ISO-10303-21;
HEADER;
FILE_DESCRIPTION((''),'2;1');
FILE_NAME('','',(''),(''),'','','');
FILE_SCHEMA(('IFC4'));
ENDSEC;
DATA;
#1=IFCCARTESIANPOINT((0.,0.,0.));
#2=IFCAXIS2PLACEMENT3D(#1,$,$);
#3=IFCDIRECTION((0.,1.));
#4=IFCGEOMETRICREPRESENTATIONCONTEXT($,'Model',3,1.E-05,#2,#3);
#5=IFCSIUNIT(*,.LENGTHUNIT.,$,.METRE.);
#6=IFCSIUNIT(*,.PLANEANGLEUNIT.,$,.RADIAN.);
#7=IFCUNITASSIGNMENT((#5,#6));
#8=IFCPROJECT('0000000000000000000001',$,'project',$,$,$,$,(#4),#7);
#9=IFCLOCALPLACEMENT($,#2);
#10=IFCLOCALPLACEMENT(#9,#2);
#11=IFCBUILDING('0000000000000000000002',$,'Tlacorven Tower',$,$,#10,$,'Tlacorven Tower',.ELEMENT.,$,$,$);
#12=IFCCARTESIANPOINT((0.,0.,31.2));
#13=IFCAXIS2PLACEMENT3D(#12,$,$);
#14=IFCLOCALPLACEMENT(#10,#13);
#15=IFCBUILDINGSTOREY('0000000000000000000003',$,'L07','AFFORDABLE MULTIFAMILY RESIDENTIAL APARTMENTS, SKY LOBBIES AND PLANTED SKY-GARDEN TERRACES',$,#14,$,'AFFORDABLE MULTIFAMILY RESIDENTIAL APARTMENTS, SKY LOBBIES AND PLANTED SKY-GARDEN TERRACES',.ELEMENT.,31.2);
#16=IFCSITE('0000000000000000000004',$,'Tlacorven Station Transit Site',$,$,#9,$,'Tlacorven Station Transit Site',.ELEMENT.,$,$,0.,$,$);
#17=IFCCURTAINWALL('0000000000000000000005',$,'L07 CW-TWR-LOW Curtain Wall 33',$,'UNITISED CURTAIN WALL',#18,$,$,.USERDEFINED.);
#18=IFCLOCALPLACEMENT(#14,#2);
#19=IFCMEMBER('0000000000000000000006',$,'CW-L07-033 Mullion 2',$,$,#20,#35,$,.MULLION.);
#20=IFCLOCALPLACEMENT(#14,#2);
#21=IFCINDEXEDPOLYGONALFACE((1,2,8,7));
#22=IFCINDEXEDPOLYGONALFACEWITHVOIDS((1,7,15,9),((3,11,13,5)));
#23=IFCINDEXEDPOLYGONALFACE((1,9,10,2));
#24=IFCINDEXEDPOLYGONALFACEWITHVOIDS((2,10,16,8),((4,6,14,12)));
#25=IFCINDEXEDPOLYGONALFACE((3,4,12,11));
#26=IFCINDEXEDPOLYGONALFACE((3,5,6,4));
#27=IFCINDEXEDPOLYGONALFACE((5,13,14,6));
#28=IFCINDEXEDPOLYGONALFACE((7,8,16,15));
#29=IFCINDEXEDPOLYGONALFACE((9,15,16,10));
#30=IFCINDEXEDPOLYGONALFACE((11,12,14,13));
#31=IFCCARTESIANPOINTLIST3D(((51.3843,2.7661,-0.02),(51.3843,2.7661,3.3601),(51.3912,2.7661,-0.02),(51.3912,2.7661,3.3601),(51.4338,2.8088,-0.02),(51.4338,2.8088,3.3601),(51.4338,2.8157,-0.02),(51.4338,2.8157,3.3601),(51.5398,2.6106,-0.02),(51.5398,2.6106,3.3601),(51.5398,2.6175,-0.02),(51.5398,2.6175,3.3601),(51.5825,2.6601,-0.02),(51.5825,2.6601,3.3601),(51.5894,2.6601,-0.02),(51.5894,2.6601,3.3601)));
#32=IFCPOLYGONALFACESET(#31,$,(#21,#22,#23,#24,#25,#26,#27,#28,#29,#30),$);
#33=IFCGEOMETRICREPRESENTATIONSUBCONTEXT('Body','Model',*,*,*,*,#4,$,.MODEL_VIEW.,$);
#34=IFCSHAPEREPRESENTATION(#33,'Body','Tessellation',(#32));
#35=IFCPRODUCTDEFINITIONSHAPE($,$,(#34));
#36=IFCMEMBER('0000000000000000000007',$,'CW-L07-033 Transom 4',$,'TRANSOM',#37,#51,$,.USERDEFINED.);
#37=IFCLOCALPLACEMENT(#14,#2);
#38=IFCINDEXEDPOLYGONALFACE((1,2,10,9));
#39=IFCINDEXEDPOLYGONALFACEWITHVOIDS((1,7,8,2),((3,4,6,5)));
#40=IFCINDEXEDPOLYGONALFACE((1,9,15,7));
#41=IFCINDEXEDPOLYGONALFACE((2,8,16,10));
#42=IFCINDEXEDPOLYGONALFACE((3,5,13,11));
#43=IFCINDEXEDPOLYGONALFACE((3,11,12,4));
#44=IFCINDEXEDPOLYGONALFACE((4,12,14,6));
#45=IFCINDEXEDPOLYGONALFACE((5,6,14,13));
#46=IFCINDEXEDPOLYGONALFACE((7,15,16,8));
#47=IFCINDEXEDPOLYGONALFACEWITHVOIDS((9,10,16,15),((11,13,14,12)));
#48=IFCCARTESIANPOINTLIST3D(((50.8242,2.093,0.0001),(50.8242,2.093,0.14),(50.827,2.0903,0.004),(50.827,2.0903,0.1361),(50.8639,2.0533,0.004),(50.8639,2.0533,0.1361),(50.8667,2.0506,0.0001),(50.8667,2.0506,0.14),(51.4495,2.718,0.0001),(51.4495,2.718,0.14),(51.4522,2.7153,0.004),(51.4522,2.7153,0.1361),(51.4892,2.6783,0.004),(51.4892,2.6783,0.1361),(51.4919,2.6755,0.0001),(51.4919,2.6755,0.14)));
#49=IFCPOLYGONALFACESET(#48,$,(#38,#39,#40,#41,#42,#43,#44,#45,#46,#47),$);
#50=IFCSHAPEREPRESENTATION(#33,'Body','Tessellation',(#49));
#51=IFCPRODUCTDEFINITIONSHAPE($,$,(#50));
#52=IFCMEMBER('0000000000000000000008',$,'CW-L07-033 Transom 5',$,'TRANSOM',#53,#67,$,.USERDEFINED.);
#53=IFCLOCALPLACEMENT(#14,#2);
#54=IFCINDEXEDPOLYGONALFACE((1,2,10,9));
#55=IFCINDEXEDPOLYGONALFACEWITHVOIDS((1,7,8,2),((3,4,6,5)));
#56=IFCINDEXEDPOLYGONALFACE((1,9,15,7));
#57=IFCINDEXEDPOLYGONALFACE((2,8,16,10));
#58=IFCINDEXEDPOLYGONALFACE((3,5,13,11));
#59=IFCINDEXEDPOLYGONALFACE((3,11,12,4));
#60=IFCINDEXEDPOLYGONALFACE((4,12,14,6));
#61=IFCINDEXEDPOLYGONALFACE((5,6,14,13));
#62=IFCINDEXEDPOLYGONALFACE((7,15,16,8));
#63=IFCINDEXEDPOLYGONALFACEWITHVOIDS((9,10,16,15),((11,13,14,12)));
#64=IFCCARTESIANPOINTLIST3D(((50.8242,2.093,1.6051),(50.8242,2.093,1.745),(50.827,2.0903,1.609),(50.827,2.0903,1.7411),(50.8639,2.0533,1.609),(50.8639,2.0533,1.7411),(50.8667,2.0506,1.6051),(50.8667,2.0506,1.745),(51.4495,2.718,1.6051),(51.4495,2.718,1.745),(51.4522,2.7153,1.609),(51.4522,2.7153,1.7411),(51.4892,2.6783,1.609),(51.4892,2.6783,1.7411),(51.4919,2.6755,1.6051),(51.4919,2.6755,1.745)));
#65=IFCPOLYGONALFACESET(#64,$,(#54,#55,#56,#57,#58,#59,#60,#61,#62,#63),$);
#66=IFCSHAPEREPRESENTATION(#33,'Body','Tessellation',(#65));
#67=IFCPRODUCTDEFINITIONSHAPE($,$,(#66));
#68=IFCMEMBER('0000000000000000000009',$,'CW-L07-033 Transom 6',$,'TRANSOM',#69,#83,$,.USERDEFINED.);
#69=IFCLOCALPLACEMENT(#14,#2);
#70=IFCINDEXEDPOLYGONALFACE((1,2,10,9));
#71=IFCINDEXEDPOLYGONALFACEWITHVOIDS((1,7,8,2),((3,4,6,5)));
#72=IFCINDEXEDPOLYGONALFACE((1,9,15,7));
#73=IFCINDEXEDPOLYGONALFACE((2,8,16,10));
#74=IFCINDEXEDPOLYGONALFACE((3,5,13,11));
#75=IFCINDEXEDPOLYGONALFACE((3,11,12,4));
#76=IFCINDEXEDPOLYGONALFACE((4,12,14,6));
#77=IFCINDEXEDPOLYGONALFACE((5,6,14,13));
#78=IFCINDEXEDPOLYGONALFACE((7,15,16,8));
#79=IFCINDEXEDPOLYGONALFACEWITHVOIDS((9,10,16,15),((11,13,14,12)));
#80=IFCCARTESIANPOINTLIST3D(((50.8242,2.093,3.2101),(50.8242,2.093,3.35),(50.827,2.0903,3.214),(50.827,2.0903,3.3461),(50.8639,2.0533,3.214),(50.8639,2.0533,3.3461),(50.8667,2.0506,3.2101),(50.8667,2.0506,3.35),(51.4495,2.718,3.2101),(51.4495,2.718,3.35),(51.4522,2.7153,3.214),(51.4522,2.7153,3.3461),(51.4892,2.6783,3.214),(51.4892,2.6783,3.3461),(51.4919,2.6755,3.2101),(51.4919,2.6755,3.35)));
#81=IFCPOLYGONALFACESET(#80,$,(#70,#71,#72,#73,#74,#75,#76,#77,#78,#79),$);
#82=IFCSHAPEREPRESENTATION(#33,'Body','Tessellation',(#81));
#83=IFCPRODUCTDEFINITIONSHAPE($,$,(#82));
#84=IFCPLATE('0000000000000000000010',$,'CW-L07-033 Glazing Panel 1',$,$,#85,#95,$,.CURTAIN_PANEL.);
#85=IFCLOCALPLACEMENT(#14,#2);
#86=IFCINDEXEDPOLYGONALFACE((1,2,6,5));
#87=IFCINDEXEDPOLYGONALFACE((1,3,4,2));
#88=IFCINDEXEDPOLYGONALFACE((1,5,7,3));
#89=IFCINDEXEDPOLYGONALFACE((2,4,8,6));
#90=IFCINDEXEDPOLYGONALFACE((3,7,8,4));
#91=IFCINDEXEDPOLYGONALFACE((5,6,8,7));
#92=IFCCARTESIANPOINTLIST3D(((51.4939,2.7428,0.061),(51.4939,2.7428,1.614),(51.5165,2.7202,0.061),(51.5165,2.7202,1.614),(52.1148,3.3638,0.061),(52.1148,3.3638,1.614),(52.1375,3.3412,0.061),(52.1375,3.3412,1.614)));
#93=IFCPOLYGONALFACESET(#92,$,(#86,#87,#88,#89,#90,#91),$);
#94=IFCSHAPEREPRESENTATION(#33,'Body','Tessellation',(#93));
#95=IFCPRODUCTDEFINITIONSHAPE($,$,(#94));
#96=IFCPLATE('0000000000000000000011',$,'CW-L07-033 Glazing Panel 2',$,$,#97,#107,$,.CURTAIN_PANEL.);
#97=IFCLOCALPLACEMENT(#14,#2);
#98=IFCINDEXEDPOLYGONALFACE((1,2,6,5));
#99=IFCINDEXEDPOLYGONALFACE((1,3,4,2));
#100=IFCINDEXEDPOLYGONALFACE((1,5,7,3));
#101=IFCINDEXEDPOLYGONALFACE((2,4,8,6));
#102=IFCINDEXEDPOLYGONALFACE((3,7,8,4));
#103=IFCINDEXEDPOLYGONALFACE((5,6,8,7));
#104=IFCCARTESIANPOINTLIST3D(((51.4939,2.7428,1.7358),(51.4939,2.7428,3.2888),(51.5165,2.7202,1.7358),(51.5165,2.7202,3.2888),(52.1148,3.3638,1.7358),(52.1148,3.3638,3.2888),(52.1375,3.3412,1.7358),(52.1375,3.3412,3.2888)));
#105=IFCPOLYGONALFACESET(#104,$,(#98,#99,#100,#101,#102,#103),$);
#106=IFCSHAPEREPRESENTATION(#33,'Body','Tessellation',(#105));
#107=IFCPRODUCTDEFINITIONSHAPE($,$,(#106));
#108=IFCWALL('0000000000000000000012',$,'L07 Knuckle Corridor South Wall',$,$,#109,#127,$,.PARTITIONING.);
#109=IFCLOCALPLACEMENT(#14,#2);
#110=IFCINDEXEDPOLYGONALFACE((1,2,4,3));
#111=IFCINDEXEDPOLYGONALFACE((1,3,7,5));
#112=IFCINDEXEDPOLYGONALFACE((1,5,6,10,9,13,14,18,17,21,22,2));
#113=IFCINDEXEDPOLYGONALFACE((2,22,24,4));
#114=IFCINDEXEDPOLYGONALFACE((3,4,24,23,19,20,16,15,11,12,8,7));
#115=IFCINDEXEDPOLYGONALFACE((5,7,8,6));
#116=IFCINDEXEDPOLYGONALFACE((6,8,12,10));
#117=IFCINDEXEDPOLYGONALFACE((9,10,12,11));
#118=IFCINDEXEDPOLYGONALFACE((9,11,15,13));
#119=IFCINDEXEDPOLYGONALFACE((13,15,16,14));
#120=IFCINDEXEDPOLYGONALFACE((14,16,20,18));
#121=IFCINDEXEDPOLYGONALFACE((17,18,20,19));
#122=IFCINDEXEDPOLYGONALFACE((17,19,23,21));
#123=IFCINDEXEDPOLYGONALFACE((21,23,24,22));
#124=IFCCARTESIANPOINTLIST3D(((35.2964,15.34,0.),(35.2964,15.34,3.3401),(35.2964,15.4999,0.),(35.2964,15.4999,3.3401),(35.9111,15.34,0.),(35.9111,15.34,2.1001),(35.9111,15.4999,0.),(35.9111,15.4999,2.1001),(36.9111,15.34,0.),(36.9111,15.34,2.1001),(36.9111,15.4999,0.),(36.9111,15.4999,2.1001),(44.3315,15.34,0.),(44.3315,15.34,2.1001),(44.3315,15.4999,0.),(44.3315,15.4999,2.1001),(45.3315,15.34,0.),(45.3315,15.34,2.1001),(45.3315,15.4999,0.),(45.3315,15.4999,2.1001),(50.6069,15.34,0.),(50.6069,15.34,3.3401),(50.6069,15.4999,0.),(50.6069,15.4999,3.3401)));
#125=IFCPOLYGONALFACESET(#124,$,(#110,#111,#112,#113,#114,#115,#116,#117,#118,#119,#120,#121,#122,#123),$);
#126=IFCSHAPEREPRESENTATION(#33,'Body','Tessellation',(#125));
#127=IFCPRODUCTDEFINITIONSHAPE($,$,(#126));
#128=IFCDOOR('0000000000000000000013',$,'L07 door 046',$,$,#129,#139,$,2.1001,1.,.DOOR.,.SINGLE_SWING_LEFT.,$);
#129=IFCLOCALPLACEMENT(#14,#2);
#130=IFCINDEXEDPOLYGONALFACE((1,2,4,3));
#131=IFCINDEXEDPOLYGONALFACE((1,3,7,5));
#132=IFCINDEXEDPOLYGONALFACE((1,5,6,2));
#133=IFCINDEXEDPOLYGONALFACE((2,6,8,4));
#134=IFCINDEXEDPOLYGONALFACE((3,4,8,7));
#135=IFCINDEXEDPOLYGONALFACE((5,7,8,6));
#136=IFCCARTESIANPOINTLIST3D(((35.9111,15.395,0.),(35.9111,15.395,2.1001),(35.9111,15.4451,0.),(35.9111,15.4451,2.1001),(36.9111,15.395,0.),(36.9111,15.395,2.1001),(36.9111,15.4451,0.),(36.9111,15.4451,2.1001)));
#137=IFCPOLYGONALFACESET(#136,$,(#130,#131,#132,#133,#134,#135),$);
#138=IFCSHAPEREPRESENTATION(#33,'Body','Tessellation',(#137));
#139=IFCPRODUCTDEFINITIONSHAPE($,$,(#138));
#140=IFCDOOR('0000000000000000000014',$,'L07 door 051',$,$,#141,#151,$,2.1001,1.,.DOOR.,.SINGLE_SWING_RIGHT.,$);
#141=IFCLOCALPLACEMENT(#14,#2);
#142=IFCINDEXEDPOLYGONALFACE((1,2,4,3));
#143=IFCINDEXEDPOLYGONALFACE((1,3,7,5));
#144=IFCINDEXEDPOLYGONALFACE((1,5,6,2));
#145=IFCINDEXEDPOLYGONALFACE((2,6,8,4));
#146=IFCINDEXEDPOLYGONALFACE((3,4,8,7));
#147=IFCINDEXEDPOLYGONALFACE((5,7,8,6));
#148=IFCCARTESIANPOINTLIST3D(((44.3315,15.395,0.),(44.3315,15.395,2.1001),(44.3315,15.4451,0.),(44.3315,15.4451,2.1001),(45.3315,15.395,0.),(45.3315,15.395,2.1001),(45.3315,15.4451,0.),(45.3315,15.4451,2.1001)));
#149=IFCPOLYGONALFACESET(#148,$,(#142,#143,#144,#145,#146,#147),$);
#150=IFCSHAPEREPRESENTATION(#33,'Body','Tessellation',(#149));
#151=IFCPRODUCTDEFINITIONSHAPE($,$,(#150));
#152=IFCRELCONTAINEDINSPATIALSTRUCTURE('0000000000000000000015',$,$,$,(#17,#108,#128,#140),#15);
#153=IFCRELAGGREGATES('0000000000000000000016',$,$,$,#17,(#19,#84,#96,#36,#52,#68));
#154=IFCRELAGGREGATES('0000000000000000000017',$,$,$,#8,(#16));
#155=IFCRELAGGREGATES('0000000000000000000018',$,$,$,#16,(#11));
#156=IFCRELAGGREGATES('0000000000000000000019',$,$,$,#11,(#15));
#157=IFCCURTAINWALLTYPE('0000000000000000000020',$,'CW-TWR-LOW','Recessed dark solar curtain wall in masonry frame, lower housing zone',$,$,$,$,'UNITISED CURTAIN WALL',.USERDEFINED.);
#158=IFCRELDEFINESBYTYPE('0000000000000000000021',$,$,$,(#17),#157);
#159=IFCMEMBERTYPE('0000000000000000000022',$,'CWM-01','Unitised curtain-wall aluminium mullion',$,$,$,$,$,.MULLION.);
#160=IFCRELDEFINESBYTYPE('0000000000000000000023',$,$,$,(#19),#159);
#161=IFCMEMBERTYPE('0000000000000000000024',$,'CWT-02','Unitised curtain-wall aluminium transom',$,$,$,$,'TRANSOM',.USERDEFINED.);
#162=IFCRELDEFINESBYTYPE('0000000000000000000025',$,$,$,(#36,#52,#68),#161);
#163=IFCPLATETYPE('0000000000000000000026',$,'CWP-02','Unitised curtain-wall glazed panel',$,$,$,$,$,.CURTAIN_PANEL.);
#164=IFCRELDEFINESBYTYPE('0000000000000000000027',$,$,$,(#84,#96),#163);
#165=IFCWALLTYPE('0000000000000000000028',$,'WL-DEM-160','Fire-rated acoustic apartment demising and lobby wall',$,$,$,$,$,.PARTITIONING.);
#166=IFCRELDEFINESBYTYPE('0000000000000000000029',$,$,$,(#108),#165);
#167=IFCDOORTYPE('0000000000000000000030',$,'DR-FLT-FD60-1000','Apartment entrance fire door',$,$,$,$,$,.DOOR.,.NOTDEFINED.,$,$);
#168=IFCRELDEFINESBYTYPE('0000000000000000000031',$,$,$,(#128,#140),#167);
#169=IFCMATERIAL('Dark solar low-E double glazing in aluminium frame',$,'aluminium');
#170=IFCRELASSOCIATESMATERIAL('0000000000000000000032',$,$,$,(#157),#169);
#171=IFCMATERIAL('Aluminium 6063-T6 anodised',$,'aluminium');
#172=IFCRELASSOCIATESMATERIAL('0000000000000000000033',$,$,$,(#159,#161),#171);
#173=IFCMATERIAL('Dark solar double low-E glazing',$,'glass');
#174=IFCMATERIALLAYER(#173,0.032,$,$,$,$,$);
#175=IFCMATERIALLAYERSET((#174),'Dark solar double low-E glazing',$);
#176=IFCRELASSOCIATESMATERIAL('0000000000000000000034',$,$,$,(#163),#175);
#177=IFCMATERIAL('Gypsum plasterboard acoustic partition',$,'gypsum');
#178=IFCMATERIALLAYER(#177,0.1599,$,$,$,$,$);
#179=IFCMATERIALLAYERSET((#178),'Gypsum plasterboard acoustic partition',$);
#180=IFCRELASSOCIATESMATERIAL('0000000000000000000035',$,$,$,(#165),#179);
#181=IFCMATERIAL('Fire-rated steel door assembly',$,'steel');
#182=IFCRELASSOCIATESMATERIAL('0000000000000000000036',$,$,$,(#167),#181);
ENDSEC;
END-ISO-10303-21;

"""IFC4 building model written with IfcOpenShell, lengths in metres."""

from ifc_helpers import new_model, si_unit, direction, frame, frame_2d, origin, origin_2d, place, context, subcontext, project, spatial, rectangle, hollow_rectangle, extrude, source, transform, mapped, material, layer, layer_set, material_profile, profile_set, type_object, element, fill, aggregate, save


model = new_model("IFC4")

# Units and contexts
model_context = context("Model", 3, precision=1e-05, world=origin(), true_north=direction((0.0, 1.0)))
body_context = subcontext(model_context, "Body", "Model", "MODEL_VIEW")
ifc_project = project(units=[si_unit("LENGTHUNIT", "METRE"), si_unit("PLANEANGLEUNIT", "RADIAN")], contexts=[model_context])

# Site, building, storey
site_placement = place(None, origin())
site = spatial("IfcSite", under=ifc_project, at=site_placement, Name="Tlacorven Station Transit Site", LongName="Tlacorven Station Transit Site", CompositionType="ELEMENT", RefElevation=0.0)
building_placement = place(site_placement, origin())
building = spatial("IfcBuilding", under=site, at=building_placement, Name="Tlacorven Tower", LongName="Tlacorven Tower", CompositionType="ELEMENT")
storey_placement = place(building_placement, frame((0.0, 0.0, 31.2)))
storey = spatial("IfcBuildingStorey", under=building, at=storey_placement, Name="L07", Description="AFFORDABLE MULTIFAMILY RESIDENTIAL APARTMENTS, SKY LOBBIES AND PLANTED SKY-GARDEN TERRACES", LongName="AFFORDABLE MULTIFAMILY RESIDENTIAL APARTMENTS, SKY LOBBIES AND PLANTED SKY-GARDEN TERRACES", CompositionType="ELEMENT", Elevation=31.2)

# Curtain wall, members, plates
ifc_material_1 = material(Name="Dark solar low-E double glazing in aluminium frame", Category="aluminium")
curtain_wall_type = type_object("IfcCurtainWallType", Name="CW-TWR-LOW", Description="Recessed dark solar curtain wall in masonry frame, lower housing zone", ElementType="UNITISED CURTAIN WALL", PredefinedType="USERDEFINED", material=ifc_material_1)
curtain_wall_placement = place(storey_placement, origin())
curtain_wall = element("IfcCurtainWall", 1, at=curtain_wall_placement, inside=storey, type_object=curtain_wall_type, Name="L07 CW-TWR-LOW Curtain Wall 33", ObjectType="UNITISED CURTAIN WALL", PredefinedType="USERDEFINED")
ifc_material_2 = material(Name="Aluminium 6063-T6 anodised", Category="aluminium")
ifc_material_profile_1 = material_profile(ifc_material_2, hollow_rectangle(XDim=0.0701, YDim=0.22, WallThickness=0.0049, at=origin_2d()), Name="ALU MULLION 70X220")
ifc_profile_set_1 = profile_set([ifc_material_profile_1], Name="Aluminium 6063-T6 anodised")
member_type_1 = type_object("IfcMemberType", Name="CWM-01", Description="Unitised curtain-wall aluminium mullion", PredefinedType="MULLION", material=ifc_profile_set_1)
shared_shape_1 = source(origin(), body_context, "Body", "SweptSolid", [
    extrude(hollow_rectangle(XDim=0.0701, YDim=0.22, WallThickness=0.0049, at=origin_2d()), origin(), (0.0, 0.0, 1.0), 3.3801),
])
member_1_placement = place(storey_placement, frame((51.4868, 2.7131, -0.02), z_axis=(0.0, 0.0, 1.0), x_axis=(-0.707107, -0.707107, 0.0)))
member_1 = element("IfcMember", 2, at=member_1_placement, type_object=member_type_1, Name="CW-L07-033 Mullion 2", PredefinedType="MULLION", context=body_context, shape_type="MappedRepresentation", body=[
    mapped(shared_shape_1, transform((0.0, 0.0, 0.0), scale=1.0)),
])
ifc_material_profile_2 = material_profile(ifc_material_2, hollow_rectangle(XDim=0.0601, YDim=0.1399, WallThickness=0.0039, at=origin_2d()), Name="ALU TRANSOM 60X140")
ifc_profile_set_2 = profile_set([ifc_material_profile_2], Name="Aluminium 6063-T6 anodised")
member_type_2 = type_object("IfcMemberType", Name="CWT-02", Description="Unitised curtain-wall aluminium transom", ElementType="TRANSOM", PredefinedType="USERDEFINED", material=ifc_profile_set_2)
shared_shape_2 = source(origin(), body_context, "Body", "SweptSolid", [
    extrude(hollow_rectangle(XDim=0.0601, YDim=0.1399, WallThickness=0.0039, at=origin_2d()), origin(), (0.0, 0.0, 1.0), 0.884),
])
member_2_placement = place(storey_placement, frame((51.4707, 2.6968, 0.0701), z_axis=(-0.707245, -0.706969, 0.0), x_axis=(0.706969, -0.707245, 0.0)))
member_2 = element("IfcMember", 3, at=member_2_placement, type_object=member_type_2, Name="CW-L07-033 Transom 4", ObjectType="TRANSOM", PredefinedType="USERDEFINED", context=body_context, shape_type="MappedRepresentation", body=[
    mapped(shared_shape_2, transform((0.0, 0.0, 0.0), scale=1.0)),
])
member_3_placement = place(storey_placement, frame((51.4707, 2.6968, 1.675), z_axis=(-0.707245, -0.706969, 0.0), x_axis=(0.706969, -0.707245, 0.0)))
member_3 = element("IfcMember", 4, at=member_3_placement, type_object=member_type_2, Name="CW-L07-033 Transom 5", ObjectType="TRANSOM", PredefinedType="USERDEFINED", context=body_context, shape_type="MappedRepresentation", body=[
    mapped(shared_shape_2, transform((0.0, 0.0, 0.0), scale=1.0)),
])
member_4_placement = place(storey_placement, frame((51.4707, 2.6968, 3.28), z_axis=(-0.707245, -0.706969, 0.0), x_axis=(0.706969, -0.707245, 0.0)))
member_4 = element("IfcMember", 5, at=member_4_placement, type_object=member_type_2, Name="CW-L07-033 Transom 6", ObjectType="TRANSOM", PredefinedType="USERDEFINED", context=body_context, shape_type="MappedRepresentation", body=[
    mapped(shared_shape_2, transform((0.0, 0.0, 0.0), scale=1.0)),
])
ifc_material_3 = material(Name="Dark solar double low-E glazing", Category="glass")
ifc_layer_1 = layer(ifc_material_3, 0.032)
ifc_layer_set_1 = layer_set([ifc_layer_1], Name="Dark solar double low-E glazing")
plate_type = type_object("IfcPlateType", Name="CWP-02", Description="Unitised curtain-wall glazed panel", PredefinedType="CURTAIN_PANEL", material=ifc_layer_set_1)
shared_shape_3 = source(origin(), body_context, "Body", "SweptSolid", [
    extrude(rectangle(XDim=0.8782, YDim=0.032, at=origin_2d()), origin(), (0.0, 0.0, 1.0), 1.553),
])
plate_1_placement = place(storey_placement, frame((51.8157, 3.042, 0.061), z_axis=(0.0, 0.0, 1.0), x_axis=(-0.707107, -0.707107, 0.0)))
plate_1 = element("IfcPlate", 6, at=plate_1_placement, type_object=plate_type, Name="CW-L07-033 Glazing Panel 1", PredefinedType="CURTAIN_PANEL", context=body_context, shape_type="MappedRepresentation", body=[
    mapped(shared_shape_3, transform((0.0, 0.0, 0.0), scale=1.0)),
])
plate_2_placement = place(storey_placement, frame((51.8157, 3.042, 1.7358), z_axis=(0.0, 0.0, 1.0), x_axis=(-0.707107, -0.707107, 0.0)))
plate_2 = element("IfcPlate", 7, at=plate_2_placement, type_object=plate_type, Name="CW-L07-033 Glazing Panel 2", PredefinedType="CURTAIN_PANEL", context=body_context, shape_type="MappedRepresentation", body=[
    mapped(shared_shape_3, transform((0.0, 0.0, 0.0), scale=1.0)),
])
aggregate(curtain_wall, [member_1, plate_1, plate_2, member_2, member_3, member_4])

# Wall, openings, doors
ifc_material_4 = material(Name="Gypsum plasterboard acoustic partition", Category="gypsum")
ifc_layer_2 = layer(ifc_material_4, 0.1599)
ifc_layer_set_2 = layer_set([ifc_layer_2], Name="Gypsum plasterboard acoustic partition")
wall_type_1 = type_object("IfcWallType", Name="WL-DEM-160", Description="Fire-rated acoustic apartment demising and lobby wall", PredefinedType="PARTITIONING", material=ifc_layer_set_2)
wall_1_placement = place(storey_placement, frame((35.2964, 15.4199, 0.0), z_axis=(0.0, 0.0, 1.0), x_axis=(1.0, 0.0, 0.0)))
wall_1 = element("IfcWall", 8, at=wall_1_placement, inside=storey, type_object=wall_type_1, Name="L07 Knuckle Corridor South Wall", PredefinedType="PARTITIONING", context=body_context, shape_type="SweptSolid", body=[
    extrude(rectangle(XDim=15.3105, YDim=0.1599, at=frame_2d((7.6553, 0.0))), origin(), (0.0, 0.0, 1.0), 3.3401),
])
opening_1_placement = place(wall_1_placement, frame((0.6147, 0.0, 0.0)))
opening_1 = element("IfcOpeningElement", 9, at=opening_1_placement, cuts=wall_1, PredefinedType="OPENING", context=body_context, shape_type="SweptSolid", body=[
    extrude(rectangle(XDim=1.0, YDim=2.1001, at=frame_2d((0.5, 1.05))), frame((0.0, 0.0898, 0.0), z_axis=(0.0, -1.0, 0.0), x_axis=(1.0, 0.0, 0.0)), (0.0, 0.0, 1.0), 0.1799),
])
opening_2_placement = place(wall_1_placement, frame((9.0352, 0.0, 0.0)))
opening_2 = element("IfcOpeningElement", 10, at=opening_2_placement, cuts=wall_1, PredefinedType="OPENING", context=body_context, shape_type="SweptSolid", body=[
    extrude(rectangle(XDim=1.0, YDim=2.1001, at=frame_2d((0.5, 1.05))), frame((0.0, 0.0898, 0.0), z_axis=(0.0, -1.0, 0.0), x_axis=(1.0, 0.0, 0.0)), (0.0, 0.0, 1.0), 0.1799),
])
ifc_material_5 = material(Name="Fire-rated steel door assembly", Category="steel")
door_type_1 = type_object("IfcDoorType", Name="DR-FLT-FD60-1000", Description="Apartment entrance fire door", OperationType="NOTDEFINED", PredefinedType="DOOR", material=ifc_material_5)
shared_shape_4 = source(origin(), body_context, "Body", "SweptSolid", [
    extrude(rectangle(XDim=1.0, YDim=2.1001, at=frame_2d((0.5, 1.05))), frame((0.0, 0.0249, 0.0), z_axis=(0.0, -1.0, 0.0), x_axis=(1.0, 0.0, 0.0)), (0.0, 0.0, 1.0), 0.05),
])
door_1_placement = place(opening_1_placement, frame((1.0, 0.0, 0.0), z_axis=(0.0, 0.0, 1.0), x_axis=(-1.0, 0.0, 0.0)))
door_1 = element("IfcDoor", 11, at=door_1_placement, inside=storey, type_object=door_type_1, Name="L07 door 046", OperationType="SINGLE_SWING_LEFT", OverallHeight=2.1001, OverallWidth=1.0, PredefinedType="DOOR", context=body_context, shape_type="MappedRepresentation", body=[
    mapped(shared_shape_4, transform((0.0, 0.0, 0.0), scale=1.0)),
])
fill(opening_1, door_1)
door_2_placement = place(opening_2_placement, frame((1.0, 0.0, 0.0), z_axis=(0.0, 0.0, 1.0), x_axis=(-1.0, 0.0, 0.0)))
door_2 = element("IfcDoor", 12, at=door_2_placement, inside=storey, type_object=door_type_1, Name="L07 door 051", OperationType="SINGLE_SWING_RIGHT", OverallHeight=2.1001, OverallWidth=1.0, PredefinedType="DOOR", context=body_context, shape_type="MappedRepresentation", body=[
    mapped(shared_shape_4, transform((0.0, 0.0, 0.0), scale=1.0)),
])
fill(opening_2, door_2)

save(model, "model.ifc")
